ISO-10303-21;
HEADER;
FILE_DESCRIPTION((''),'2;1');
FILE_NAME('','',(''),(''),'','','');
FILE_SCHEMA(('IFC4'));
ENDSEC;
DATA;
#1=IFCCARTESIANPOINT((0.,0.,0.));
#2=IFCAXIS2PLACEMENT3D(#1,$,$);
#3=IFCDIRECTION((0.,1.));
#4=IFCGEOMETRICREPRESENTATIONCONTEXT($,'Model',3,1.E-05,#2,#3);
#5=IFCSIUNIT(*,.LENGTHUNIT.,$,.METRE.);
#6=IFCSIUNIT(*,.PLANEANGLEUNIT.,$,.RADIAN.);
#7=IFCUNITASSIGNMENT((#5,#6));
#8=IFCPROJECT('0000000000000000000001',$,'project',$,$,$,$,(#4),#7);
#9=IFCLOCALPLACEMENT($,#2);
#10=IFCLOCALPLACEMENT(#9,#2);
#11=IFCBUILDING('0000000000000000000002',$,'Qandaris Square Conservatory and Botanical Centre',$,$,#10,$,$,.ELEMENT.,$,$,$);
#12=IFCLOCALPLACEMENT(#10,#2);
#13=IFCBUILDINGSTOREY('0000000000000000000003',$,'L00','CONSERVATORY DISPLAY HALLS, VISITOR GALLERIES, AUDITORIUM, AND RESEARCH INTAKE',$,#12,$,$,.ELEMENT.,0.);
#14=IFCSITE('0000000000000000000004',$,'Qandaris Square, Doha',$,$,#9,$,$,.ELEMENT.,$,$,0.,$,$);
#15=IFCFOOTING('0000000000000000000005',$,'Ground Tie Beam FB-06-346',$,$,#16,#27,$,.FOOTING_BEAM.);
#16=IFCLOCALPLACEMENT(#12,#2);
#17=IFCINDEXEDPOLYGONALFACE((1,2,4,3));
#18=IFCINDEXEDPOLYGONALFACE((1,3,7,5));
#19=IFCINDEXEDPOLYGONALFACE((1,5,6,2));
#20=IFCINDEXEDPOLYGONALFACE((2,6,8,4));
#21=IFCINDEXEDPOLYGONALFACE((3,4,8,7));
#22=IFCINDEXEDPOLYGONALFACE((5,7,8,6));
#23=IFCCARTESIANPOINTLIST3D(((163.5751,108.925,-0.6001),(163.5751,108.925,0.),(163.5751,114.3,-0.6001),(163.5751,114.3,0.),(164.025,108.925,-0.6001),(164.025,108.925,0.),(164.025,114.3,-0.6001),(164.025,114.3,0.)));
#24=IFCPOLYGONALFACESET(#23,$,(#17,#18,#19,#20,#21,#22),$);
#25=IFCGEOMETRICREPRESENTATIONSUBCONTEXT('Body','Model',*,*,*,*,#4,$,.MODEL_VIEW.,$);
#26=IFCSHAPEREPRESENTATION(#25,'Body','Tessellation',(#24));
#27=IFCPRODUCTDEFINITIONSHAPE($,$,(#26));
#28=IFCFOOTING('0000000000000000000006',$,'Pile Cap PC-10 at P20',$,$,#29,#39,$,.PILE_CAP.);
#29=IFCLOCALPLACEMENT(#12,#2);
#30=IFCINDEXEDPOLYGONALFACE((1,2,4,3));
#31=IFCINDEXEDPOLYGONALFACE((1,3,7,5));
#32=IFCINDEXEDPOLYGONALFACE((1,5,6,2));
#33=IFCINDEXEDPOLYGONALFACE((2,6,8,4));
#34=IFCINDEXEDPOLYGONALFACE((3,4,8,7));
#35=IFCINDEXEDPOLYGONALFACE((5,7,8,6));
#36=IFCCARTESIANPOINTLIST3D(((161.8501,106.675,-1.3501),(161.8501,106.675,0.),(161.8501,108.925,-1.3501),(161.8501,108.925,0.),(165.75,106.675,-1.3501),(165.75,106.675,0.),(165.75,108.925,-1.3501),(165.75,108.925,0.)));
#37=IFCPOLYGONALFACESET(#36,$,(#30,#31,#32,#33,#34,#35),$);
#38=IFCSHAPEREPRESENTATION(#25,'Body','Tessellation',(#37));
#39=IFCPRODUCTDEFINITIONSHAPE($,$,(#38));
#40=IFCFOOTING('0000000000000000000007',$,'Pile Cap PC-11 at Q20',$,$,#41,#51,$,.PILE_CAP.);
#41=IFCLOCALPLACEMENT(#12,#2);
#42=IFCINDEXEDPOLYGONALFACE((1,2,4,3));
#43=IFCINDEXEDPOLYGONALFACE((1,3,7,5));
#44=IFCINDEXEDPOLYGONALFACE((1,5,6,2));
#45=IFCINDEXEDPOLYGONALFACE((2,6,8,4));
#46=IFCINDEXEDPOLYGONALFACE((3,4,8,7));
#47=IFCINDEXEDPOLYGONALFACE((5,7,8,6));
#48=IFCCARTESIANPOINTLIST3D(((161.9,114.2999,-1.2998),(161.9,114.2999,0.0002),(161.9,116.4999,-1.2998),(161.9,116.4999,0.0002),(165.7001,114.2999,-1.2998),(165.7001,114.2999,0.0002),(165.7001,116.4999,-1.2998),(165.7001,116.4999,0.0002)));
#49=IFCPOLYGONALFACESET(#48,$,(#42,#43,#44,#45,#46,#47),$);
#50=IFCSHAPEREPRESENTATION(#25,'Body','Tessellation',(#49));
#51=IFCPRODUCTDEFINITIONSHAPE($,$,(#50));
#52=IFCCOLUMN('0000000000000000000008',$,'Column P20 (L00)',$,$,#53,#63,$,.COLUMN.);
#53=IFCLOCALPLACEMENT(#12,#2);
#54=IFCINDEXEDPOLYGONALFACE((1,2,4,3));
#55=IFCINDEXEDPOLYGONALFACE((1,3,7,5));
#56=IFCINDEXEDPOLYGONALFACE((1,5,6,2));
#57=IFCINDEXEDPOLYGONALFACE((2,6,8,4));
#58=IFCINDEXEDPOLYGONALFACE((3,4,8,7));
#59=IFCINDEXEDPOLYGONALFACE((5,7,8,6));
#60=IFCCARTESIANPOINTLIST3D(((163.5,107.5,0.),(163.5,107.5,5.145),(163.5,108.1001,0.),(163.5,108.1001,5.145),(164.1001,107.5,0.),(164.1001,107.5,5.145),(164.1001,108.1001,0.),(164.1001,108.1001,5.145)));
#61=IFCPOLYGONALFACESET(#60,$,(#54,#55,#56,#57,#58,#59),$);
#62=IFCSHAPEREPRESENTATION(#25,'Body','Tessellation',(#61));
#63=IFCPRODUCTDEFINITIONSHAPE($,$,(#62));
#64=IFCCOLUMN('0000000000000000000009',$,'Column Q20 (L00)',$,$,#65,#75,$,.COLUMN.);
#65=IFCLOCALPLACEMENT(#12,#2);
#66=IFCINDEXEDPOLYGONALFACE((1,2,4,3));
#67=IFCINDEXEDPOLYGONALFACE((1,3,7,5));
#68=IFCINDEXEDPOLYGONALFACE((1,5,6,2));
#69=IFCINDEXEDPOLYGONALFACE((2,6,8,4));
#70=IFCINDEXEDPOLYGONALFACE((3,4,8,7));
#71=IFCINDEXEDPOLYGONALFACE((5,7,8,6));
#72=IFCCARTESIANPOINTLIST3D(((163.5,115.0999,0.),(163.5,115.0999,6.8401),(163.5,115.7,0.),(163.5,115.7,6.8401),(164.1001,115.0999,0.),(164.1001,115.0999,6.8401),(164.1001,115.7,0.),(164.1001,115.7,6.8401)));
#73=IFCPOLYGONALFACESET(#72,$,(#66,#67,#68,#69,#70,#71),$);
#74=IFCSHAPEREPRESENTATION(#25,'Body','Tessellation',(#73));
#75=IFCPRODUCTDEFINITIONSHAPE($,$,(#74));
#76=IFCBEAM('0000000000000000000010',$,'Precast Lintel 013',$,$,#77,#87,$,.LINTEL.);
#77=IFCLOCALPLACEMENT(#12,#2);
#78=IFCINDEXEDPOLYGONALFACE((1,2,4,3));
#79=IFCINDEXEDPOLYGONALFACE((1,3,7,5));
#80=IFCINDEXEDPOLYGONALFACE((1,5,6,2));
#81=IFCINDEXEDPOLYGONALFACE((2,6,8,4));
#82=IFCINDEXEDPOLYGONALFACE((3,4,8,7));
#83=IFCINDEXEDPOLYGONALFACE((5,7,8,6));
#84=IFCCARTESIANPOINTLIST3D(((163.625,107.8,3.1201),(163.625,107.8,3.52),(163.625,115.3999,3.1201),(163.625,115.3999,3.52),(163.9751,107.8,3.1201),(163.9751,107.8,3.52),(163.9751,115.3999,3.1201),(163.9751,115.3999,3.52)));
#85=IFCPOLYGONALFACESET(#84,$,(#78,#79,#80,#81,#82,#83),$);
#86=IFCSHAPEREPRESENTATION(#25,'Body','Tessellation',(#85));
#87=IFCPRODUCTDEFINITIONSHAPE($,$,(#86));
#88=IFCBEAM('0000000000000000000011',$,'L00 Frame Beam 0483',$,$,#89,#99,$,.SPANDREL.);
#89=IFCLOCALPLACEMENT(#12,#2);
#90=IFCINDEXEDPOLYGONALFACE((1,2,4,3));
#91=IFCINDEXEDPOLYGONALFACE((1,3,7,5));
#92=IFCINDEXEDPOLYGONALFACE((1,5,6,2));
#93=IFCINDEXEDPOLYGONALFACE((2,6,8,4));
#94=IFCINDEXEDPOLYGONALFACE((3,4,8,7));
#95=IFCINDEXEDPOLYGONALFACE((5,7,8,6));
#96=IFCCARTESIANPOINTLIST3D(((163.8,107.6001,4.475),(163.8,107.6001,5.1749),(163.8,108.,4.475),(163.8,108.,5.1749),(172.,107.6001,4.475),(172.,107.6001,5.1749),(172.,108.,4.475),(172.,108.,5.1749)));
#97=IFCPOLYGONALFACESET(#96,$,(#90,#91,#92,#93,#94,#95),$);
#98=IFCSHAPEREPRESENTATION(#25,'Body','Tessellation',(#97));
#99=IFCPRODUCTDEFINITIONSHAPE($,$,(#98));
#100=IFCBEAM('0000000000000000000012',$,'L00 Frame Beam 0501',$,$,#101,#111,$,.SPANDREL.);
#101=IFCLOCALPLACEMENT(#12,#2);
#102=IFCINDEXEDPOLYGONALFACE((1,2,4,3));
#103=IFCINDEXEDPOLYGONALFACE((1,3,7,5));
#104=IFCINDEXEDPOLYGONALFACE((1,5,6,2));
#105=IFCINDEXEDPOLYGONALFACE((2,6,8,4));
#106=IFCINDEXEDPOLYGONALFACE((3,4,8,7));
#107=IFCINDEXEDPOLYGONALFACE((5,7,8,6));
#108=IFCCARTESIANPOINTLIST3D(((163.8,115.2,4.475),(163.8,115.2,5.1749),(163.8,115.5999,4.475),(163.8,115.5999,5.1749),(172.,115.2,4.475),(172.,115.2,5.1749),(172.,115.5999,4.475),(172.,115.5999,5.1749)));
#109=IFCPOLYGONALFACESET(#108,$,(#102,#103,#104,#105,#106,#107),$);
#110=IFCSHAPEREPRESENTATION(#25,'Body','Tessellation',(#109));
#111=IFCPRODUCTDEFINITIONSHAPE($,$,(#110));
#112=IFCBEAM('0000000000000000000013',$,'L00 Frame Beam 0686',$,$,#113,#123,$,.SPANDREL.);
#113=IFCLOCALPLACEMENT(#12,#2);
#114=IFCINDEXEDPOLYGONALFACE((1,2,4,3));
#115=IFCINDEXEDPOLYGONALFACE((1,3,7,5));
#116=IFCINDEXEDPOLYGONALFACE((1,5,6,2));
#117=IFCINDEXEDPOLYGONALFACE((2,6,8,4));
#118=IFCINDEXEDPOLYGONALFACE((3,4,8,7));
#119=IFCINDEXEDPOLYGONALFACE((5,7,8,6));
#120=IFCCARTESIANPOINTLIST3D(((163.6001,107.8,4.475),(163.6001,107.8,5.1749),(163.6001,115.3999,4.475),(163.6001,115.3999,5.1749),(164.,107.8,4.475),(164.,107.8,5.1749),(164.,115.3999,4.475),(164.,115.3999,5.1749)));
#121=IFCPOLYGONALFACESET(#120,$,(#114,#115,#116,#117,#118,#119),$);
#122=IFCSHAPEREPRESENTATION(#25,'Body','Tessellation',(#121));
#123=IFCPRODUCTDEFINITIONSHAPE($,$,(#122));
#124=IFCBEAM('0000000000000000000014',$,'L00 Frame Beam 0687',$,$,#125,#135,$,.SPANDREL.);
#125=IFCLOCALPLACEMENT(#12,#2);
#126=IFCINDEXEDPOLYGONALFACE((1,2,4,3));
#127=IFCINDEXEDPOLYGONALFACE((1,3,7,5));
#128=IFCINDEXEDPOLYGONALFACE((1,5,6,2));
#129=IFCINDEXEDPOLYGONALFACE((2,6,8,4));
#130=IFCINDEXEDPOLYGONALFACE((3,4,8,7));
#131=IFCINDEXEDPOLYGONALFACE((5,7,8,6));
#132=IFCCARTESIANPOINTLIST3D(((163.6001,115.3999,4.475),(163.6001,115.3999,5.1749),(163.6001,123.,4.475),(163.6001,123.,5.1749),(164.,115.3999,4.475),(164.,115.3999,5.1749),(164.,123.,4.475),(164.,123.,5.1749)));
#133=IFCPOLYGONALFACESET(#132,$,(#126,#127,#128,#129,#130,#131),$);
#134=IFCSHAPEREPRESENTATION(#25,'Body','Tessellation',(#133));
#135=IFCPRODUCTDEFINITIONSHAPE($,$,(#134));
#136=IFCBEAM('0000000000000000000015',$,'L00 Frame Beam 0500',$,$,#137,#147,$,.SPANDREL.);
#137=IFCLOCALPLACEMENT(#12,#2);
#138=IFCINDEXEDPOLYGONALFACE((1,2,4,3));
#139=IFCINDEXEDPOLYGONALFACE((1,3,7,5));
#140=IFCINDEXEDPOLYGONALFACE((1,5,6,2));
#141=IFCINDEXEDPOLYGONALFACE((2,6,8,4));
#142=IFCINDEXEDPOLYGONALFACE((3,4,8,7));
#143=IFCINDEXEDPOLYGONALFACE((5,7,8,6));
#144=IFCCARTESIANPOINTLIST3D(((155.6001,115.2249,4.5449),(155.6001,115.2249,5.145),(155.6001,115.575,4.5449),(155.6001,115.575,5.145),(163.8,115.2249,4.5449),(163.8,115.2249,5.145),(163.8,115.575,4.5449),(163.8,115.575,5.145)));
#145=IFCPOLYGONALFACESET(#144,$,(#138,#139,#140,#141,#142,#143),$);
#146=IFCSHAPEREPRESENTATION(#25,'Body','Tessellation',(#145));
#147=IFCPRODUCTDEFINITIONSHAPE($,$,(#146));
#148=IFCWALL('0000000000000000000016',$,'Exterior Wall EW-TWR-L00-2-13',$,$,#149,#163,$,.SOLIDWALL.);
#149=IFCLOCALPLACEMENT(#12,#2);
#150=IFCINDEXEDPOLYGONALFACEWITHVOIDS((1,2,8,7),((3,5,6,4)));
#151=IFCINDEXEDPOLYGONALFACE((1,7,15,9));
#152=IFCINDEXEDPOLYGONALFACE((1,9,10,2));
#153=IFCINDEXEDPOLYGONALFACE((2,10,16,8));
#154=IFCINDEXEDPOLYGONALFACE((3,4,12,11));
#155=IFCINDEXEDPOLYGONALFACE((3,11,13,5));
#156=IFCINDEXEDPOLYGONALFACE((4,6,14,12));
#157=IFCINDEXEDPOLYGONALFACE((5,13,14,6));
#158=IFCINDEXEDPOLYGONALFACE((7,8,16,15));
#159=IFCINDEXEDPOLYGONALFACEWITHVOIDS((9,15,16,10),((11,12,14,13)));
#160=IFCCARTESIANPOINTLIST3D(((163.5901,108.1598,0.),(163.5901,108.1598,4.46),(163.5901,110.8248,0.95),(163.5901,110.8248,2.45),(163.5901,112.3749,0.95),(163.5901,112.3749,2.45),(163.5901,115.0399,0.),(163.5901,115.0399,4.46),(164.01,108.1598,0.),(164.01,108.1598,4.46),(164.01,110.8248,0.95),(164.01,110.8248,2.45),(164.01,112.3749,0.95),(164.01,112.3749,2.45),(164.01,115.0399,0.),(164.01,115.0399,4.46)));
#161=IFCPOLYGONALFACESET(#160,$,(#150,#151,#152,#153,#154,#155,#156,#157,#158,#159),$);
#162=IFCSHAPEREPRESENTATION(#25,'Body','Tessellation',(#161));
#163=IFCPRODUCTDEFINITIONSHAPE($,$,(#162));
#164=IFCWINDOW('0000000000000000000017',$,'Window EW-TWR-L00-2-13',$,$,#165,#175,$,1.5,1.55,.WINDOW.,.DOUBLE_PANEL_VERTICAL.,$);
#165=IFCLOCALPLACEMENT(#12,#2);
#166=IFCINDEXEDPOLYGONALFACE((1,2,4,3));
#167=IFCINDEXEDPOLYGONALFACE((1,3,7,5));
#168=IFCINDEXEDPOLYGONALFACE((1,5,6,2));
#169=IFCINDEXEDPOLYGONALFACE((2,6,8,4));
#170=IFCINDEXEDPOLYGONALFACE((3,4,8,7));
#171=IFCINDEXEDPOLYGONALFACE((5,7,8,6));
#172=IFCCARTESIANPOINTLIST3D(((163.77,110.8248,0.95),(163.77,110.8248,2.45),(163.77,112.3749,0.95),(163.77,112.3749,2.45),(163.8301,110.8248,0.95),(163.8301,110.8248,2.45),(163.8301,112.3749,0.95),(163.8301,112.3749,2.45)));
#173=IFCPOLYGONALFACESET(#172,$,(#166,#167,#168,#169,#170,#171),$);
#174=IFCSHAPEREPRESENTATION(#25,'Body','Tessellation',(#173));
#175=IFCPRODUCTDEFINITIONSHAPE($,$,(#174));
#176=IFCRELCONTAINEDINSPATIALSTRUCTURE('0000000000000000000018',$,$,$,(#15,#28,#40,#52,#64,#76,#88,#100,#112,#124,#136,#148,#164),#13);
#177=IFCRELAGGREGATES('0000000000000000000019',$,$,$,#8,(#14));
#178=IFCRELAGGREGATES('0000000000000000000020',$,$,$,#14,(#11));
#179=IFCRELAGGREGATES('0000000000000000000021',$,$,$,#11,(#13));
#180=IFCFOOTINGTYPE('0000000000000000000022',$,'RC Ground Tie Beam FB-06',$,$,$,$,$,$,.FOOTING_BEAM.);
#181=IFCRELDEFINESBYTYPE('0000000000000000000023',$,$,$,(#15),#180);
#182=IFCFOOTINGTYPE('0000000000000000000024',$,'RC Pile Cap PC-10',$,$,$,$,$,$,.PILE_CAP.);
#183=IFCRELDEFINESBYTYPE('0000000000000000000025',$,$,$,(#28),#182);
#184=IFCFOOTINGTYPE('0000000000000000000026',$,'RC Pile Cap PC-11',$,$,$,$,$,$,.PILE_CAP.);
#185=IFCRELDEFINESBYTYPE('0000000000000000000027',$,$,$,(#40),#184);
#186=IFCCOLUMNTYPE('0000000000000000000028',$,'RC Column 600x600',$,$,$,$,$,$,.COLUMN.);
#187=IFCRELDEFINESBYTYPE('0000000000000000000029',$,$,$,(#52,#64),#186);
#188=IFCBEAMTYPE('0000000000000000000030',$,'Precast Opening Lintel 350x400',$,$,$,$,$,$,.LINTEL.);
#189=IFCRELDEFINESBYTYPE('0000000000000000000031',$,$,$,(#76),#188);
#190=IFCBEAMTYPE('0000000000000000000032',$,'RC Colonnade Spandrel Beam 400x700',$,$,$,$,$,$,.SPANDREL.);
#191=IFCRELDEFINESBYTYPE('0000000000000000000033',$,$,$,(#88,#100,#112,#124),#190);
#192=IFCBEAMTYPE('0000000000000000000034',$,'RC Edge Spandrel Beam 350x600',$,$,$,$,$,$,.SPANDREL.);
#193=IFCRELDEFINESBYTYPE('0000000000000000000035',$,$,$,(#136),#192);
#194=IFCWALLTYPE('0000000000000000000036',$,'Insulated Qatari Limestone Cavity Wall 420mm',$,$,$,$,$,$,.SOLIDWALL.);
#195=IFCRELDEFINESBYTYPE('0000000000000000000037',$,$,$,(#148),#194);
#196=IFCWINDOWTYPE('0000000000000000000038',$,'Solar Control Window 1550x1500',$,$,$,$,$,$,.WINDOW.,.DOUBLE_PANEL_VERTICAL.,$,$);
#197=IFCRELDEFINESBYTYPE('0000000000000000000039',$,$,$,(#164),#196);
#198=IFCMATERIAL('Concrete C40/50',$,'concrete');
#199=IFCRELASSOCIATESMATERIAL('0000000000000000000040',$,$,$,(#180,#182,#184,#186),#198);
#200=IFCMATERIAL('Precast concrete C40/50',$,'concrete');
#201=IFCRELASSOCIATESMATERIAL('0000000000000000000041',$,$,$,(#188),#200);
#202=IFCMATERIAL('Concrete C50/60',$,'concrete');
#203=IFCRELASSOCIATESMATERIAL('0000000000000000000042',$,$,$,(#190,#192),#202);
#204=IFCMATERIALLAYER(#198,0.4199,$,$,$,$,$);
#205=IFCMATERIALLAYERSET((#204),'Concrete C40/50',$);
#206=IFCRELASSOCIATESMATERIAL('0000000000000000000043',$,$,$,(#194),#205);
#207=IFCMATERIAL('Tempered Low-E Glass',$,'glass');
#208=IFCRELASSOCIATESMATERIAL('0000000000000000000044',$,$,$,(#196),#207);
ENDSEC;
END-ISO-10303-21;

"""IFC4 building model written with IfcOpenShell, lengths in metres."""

from ifc_helpers import new_model, si_unit, direction, frame, frame_2d, origin, origin_2d, place, context, subcontext, project, spatial, rectangle, extrude, material, layer, layer_set, material_profile, profile_set, type_object, element, fill, save


model = new_model("IFC4")

# Units and contexts
model_context = context("Model", 3, precision=1e-05, world=origin(), true_north=direction((0.0, 1.0)))
body_context = subcontext(model_context, "Body", "Model", "MODEL_VIEW")
ifc_project = project(units=[si_unit("LENGTHUNIT", "METRE"), si_unit("PLANEANGLEUNIT", "RADIAN")], contexts=[model_context])

# Site, building, storey
site_placement = place(None, origin())
site = spatial("IfcSite", under=ifc_project, at=site_placement, Name="Qandaris Square, Doha", CompositionType="ELEMENT", RefElevation=0.0)
building_placement = place(site_placement, origin())
building = spatial("IfcBuilding", under=site, at=building_placement, Name="Qandaris Square Conservatory and Botanical Centre", CompositionType="ELEMENT")
storey_placement = place(building_placement, origin())
storey = spatial("IfcBuildingStorey", under=building, at=storey_placement, Name="L00", Description="CONSERVATORY DISPLAY HALLS, VISITOR GALLERIES, AUDITORIUM, AND RESEARCH INTAKE", CompositionType="ELEMENT", Elevation=0.0)

# Shared definitions
ifc_material_1 = material(Name="Concrete C50/60", Category="concrete")

# Footings
ifc_material_2 = material(Name="Concrete C40/50", Category="concrete")
ifc_material_profile_1 = material_profile(ifc_material_2, rectangle(XDim=0.45, YDim=0.6001, at=origin_2d()), Name="FB 450x600")
ifc_profile_set_1 = profile_set([ifc_material_profile_1], Name="Concrete C40/50")
footing_type_1 = type_object("IfcFootingType", Name="RC Ground Tie Beam FB-06", PredefinedType="FOOTING_BEAM", material=ifc_profile_set_1)
footing_1_placement = place(storey_placement, frame((163.8, 108.925, -0.3), z_axis=(0.0, 1.0, 0.0), x_axis=(-1.0, 0.0, 0.0)))
element("IfcFooting", 1, at=footing_1_placement, inside=storey, type_object=footing_type_1, Name="Ground Tie Beam FB-06-346", PredefinedType="FOOTING_BEAM", context=body_context, shape_type="SweptSolid", body=[
    extrude(rectangle(XDim=0.45, YDim=0.6001, at=origin_2d()), origin(), (0.0, 0.0, 1.0), 5.375),
])
footing_type_2 = type_object("IfcFootingType", Name="RC Pile Cap PC-10", PredefinedType="PILE_CAP", material=ifc_material_2)
footing_2_placement = place(storey_placement, frame((163.8, 107.8, -1.3501), z_axis=(0.0, 0.0, 1.0), x_axis=(1.0, 0.0, 0.0)))
element("IfcFooting", 2, at=footing_2_placement, inside=storey, type_object=footing_type_2, Name="Pile Cap PC-10 at P20", PredefinedType="PILE_CAP", context=body_context, shape_type="SweptSolid", body=[
    extrude(rectangle(XDim=3.8999, YDim=2.25, at=origin_2d()), origin(), (0.0, 0.0, 1.0), 1.3501),
])
footing_type_3 = type_object("IfcFootingType", Name="RC Pile Cap PC-11", PredefinedType="PILE_CAP", material=ifc_material_2)
footing_3_placement = place(storey_placement, frame((163.8, 115.3999, -1.2998), z_axis=(0.0, 0.0, 1.0), x_axis=(1.0, 0.0, 0.0)))
element("IfcFooting", 3, at=footing_3_placement, inside=storey, type_object=footing_type_3, Name="Pile Cap PC-11 at Q20", PredefinedType="PILE_CAP", context=body_context, shape_type="SweptSolid", body=[
    extrude(rectangle(XDim=3.8, YDim=2.2, at=origin_2d()), origin(), (0.0, 0.0, 1.0), 1.3),
])

# Columns
ifc_material_profile_2 = material_profile(ifc_material_2, rectangle(XDim=0.6001, YDim=0.6001, at=origin_2d()), Name="RC-COL 600x600")
ifc_profile_set_2 = profile_set([ifc_material_profile_2], Name="Concrete C40/50")
column_type = type_object("IfcColumnType", Name="RC Column 600x600", PredefinedType="COLUMN", material=ifc_profile_set_2)
column_1_placement = place(storey_placement, frame((163.8, 107.8, 0.0), z_axis=(0.0, 0.0, 1.0), x_axis=(1.0, 0.0, 0.0)))
element("IfcColumn", 4, at=column_1_placement, inside=storey, type_object=column_type, Name="Column P20 (L00)", PredefinedType="COLUMN", context=body_context, shape_type="SweptSolid", body=[
    extrude(rectangle(XDim=0.6001, YDim=0.6001, at=origin_2d()), origin(), (0.0, 0.0, 1.0), 5.145),
])
column_2_placement = place(storey_placement, frame((163.8, 115.3999, 0.0), z_axis=(0.0, 0.0, 1.0), x_axis=(1.0, 0.0, 0.0)))
element("IfcColumn", 5, at=column_2_placement, inside=storey, type_object=column_type, Name="Column Q20 (L00)", PredefinedType="COLUMN", context=body_context, shape_type="SweptSolid", body=[
    extrude(rectangle(XDim=0.6001, YDim=0.6001, at=origin_2d()), origin(), (0.0, 0.0, 1.0), 6.8401),
])

# Beams
ifc_material_3 = material(Name="Precast concrete C40/50", Category="concrete")
ifc_material_profile_3 = material_profile(ifc_material_3, rectangle(XDim=0.3501, YDim=0.3999, at=origin_2d()), Name="RC-LN 350x400")
ifc_profile_set_3 = profile_set([ifc_material_profile_3], Name="Precast concrete C40/50")
beam_type_1 = type_object("IfcBeamType", Name="Precast Opening Lintel 350x400", PredefinedType="LINTEL", material=ifc_profile_set_3)
beam_1_placement = place(storey_placement, frame((163.8, 107.8, 3.3201), z_axis=(0.0, 1.0, 0.0), x_axis=(-1.0, 0.0, 0.0)))
element("IfcBeam", 6, at=beam_1_placement, inside=storey, type_object=beam_type_1, Name="Precast Lintel 013", PredefinedType="LINTEL", context=body_context, shape_type="SweptSolid", body=[
    extrude(rectangle(XDim=0.3501, YDim=0.3999, at=origin_2d()), origin(), (0.0, 0.0, 1.0), 7.5999),
])
ifc_material_profile_4 = material_profile(ifc_material_1, rectangle(XDim=0.3999, YDim=0.7, at=origin_2d()), Name="RC-SP 400x700")
ifc_profile_set_4 = profile_set([ifc_material_profile_4], Name="Concrete C50/60")
beam_type_2 = type_object("IfcBeamType", Name="RC Colonnade Spandrel Beam 400x700", PredefinedType="SPANDREL", material=ifc_profile_set_4)
for number, where, z_axis, x_axis, name in (
    (7, (163.8, 107.8, 4.825), (1.0, 0.0, 0.0), (0.0, 1.0, 0.0), "L00 Frame Beam 0483"),
    (8, (163.8, 115.3999, 4.825), (1.0, 0.0, 0.0), (0.0, 1.0, 0.0), "L00 Frame Beam 0501"),
):
    element("IfcBeam", number, at=place(storey_placement, frame(where, z_axis=z_axis, x_axis=x_axis)), inside=storey, type_object=beam_type_2, Name=name, PredefinedType="SPANDREL", context=body_context, shape_type="SweptSolid", body=[
        extrude(rectangle(XDim=0.3999, YDim=0.7, at=origin_2d()), origin(), (0.0, 0.0, 1.0), 8.2),
    ])
beam_2_placement = place(storey_placement, frame((163.8, 107.8, 4.825), z_axis=(0.0, 1.0, 0.0), x_axis=(-1.0, 0.0, 0.0)))
element("IfcBeam", 9, at=beam_2_placement, inside=storey, type_object=beam_type_2, Name="L00 Frame Beam 0686", PredefinedType="SPANDREL", context=body_context, shape_type="SweptSolid", body=[
    extrude(rectangle(XDim=0.3999, YDim=0.7, at=origin_2d()), origin(), (0.0, 0.0, 1.0), 7.5999),
])
beam_3_placement = place(storey_placement, frame((163.8, 115.3999, 4.825), z_axis=(0.0, 1.0, 0.0), x_axis=(-1.0, 0.0, 0.0)))
element("IfcBeam", 10, at=beam_3_placement, inside=storey, type_object=beam_type_2, Name="L00 Frame Beam 0687", PredefinedType="SPANDREL", context=body_context, shape_type="SweptSolid", body=[
    extrude(rectangle(XDim=0.3999, YDim=0.7, at=origin_2d()), origin(), (0.0, 0.0, 1.0), 7.6001),
])
ifc_material_profile_5 = material_profile(ifc_material_1, rectangle(XDim=0.3501, YDim=0.6001, at=origin_2d()), Name="RC-SP 350x600")
ifc_profile_set_5 = profile_set([ifc_material_profile_5], Name="Concrete C50/60")
beam_type_3 = type_object("IfcBeamType", Name="RC Edge Spandrel Beam 350x600", PredefinedType="SPANDREL", material=ifc_profile_set_5)
beam_4_placement = place(storey_placement, frame((155.6001, 115.3999, 4.845), z_axis=(1.0, 0.0, 0.0), x_axis=(0.0, 1.0, 0.0)))
element("IfcBeam", 11, at=beam_4_placement, inside=storey, type_object=beam_type_3, Name="L00 Frame Beam 0500", PredefinedType="SPANDREL", context=body_context, shape_type="SweptSolid", body=[
    extrude(rectangle(XDim=0.3501, YDim=0.6001, at=origin_2d()), origin(), (0.0, 0.0, 1.0), 8.2),
])

# Wall, opening, window
ifc_layer = layer(ifc_material_2, 0.4199)
ifc_layer_set = layer_set([ifc_layer], Name="Concrete C40/50")
wall_type = type_object("IfcWallType", Name="Insulated Qatari Limestone Cavity Wall 420mm", PredefinedType="SOLIDWALL", material=ifc_layer_set)
wall_1_placement = place(storey_placement, frame((163.8, 108.1599, 0.0), z_axis=(0.0, 0.0, 1.0), x_axis=(0.0, 1.0, 0.0)))
wall_1 = element("IfcWall", 12, at=wall_1_placement, inside=storey, type_object=wall_type, Name="Exterior Wall EW-TWR-L00-2-13", PredefinedType="SOLIDWALL", context=body_context, shape_type="SweptSolid", body=[
    extrude(rectangle(XDim=6.8801, YDim=0.4199, at=frame_2d((3.4399, 0.0))), origin(), (0.0, 0.0, 1.0), 4.46),
])
opening_1_placement = place(wall_1_placement, frame((2.665, 0.0, 0.95)))
opening_1 = element("IfcOpeningElement", 13, at=opening_1_placement, cuts=wall_1, PredefinedType="OPENING", context=body_context, shape_type="SweptSolid", body=[
    extrude(rectangle(XDim=1.55, YDim=1.5, at=frame_2d((0.7749, 0.75))), frame((0.0, 0.2219, 0.0), z_axis=(0.0, -1.0, 0.0), x_axis=(1.0, 0.0, 0.0)), (0.0, 0.0, 1.0), 0.4438),
])
ifc_material_4 = material(Name="Tempered Low-E Glass", Category="glass")
window_type_1 = type_object("IfcWindowType", Name="Solar Control Window 1550x1500", PartitioningType="DOUBLE_PANEL_VERTICAL", PredefinedType="WINDOW", material=ifc_material_4)
window_1_placement = place(opening_1_placement, origin())
window_1 = element("IfcWindow", 14, at=window_1_placement, inside=storey, type_object=window_type_1, Name="Window EW-TWR-L00-2-13", OverallHeight=1.5, OverallWidth=1.55, PartitioningType="DOUBLE_PANEL_VERTICAL", PredefinedType="WINDOW", context=body_context, shape_type="SweptSolid", body=[
    extrude(rectangle(XDim=1.55, YDim=1.5, at=frame_2d((0.7749, 0.75))), frame((0.0, 0.03, 0.0), z_axis=(0.0, -1.0, 0.0), x_axis=(1.0, 0.0, 0.0)), (0.0, 0.0, 1.0), 0.0601),
])
fill(opening_1, window_1)

save(model, "model.ifc")
